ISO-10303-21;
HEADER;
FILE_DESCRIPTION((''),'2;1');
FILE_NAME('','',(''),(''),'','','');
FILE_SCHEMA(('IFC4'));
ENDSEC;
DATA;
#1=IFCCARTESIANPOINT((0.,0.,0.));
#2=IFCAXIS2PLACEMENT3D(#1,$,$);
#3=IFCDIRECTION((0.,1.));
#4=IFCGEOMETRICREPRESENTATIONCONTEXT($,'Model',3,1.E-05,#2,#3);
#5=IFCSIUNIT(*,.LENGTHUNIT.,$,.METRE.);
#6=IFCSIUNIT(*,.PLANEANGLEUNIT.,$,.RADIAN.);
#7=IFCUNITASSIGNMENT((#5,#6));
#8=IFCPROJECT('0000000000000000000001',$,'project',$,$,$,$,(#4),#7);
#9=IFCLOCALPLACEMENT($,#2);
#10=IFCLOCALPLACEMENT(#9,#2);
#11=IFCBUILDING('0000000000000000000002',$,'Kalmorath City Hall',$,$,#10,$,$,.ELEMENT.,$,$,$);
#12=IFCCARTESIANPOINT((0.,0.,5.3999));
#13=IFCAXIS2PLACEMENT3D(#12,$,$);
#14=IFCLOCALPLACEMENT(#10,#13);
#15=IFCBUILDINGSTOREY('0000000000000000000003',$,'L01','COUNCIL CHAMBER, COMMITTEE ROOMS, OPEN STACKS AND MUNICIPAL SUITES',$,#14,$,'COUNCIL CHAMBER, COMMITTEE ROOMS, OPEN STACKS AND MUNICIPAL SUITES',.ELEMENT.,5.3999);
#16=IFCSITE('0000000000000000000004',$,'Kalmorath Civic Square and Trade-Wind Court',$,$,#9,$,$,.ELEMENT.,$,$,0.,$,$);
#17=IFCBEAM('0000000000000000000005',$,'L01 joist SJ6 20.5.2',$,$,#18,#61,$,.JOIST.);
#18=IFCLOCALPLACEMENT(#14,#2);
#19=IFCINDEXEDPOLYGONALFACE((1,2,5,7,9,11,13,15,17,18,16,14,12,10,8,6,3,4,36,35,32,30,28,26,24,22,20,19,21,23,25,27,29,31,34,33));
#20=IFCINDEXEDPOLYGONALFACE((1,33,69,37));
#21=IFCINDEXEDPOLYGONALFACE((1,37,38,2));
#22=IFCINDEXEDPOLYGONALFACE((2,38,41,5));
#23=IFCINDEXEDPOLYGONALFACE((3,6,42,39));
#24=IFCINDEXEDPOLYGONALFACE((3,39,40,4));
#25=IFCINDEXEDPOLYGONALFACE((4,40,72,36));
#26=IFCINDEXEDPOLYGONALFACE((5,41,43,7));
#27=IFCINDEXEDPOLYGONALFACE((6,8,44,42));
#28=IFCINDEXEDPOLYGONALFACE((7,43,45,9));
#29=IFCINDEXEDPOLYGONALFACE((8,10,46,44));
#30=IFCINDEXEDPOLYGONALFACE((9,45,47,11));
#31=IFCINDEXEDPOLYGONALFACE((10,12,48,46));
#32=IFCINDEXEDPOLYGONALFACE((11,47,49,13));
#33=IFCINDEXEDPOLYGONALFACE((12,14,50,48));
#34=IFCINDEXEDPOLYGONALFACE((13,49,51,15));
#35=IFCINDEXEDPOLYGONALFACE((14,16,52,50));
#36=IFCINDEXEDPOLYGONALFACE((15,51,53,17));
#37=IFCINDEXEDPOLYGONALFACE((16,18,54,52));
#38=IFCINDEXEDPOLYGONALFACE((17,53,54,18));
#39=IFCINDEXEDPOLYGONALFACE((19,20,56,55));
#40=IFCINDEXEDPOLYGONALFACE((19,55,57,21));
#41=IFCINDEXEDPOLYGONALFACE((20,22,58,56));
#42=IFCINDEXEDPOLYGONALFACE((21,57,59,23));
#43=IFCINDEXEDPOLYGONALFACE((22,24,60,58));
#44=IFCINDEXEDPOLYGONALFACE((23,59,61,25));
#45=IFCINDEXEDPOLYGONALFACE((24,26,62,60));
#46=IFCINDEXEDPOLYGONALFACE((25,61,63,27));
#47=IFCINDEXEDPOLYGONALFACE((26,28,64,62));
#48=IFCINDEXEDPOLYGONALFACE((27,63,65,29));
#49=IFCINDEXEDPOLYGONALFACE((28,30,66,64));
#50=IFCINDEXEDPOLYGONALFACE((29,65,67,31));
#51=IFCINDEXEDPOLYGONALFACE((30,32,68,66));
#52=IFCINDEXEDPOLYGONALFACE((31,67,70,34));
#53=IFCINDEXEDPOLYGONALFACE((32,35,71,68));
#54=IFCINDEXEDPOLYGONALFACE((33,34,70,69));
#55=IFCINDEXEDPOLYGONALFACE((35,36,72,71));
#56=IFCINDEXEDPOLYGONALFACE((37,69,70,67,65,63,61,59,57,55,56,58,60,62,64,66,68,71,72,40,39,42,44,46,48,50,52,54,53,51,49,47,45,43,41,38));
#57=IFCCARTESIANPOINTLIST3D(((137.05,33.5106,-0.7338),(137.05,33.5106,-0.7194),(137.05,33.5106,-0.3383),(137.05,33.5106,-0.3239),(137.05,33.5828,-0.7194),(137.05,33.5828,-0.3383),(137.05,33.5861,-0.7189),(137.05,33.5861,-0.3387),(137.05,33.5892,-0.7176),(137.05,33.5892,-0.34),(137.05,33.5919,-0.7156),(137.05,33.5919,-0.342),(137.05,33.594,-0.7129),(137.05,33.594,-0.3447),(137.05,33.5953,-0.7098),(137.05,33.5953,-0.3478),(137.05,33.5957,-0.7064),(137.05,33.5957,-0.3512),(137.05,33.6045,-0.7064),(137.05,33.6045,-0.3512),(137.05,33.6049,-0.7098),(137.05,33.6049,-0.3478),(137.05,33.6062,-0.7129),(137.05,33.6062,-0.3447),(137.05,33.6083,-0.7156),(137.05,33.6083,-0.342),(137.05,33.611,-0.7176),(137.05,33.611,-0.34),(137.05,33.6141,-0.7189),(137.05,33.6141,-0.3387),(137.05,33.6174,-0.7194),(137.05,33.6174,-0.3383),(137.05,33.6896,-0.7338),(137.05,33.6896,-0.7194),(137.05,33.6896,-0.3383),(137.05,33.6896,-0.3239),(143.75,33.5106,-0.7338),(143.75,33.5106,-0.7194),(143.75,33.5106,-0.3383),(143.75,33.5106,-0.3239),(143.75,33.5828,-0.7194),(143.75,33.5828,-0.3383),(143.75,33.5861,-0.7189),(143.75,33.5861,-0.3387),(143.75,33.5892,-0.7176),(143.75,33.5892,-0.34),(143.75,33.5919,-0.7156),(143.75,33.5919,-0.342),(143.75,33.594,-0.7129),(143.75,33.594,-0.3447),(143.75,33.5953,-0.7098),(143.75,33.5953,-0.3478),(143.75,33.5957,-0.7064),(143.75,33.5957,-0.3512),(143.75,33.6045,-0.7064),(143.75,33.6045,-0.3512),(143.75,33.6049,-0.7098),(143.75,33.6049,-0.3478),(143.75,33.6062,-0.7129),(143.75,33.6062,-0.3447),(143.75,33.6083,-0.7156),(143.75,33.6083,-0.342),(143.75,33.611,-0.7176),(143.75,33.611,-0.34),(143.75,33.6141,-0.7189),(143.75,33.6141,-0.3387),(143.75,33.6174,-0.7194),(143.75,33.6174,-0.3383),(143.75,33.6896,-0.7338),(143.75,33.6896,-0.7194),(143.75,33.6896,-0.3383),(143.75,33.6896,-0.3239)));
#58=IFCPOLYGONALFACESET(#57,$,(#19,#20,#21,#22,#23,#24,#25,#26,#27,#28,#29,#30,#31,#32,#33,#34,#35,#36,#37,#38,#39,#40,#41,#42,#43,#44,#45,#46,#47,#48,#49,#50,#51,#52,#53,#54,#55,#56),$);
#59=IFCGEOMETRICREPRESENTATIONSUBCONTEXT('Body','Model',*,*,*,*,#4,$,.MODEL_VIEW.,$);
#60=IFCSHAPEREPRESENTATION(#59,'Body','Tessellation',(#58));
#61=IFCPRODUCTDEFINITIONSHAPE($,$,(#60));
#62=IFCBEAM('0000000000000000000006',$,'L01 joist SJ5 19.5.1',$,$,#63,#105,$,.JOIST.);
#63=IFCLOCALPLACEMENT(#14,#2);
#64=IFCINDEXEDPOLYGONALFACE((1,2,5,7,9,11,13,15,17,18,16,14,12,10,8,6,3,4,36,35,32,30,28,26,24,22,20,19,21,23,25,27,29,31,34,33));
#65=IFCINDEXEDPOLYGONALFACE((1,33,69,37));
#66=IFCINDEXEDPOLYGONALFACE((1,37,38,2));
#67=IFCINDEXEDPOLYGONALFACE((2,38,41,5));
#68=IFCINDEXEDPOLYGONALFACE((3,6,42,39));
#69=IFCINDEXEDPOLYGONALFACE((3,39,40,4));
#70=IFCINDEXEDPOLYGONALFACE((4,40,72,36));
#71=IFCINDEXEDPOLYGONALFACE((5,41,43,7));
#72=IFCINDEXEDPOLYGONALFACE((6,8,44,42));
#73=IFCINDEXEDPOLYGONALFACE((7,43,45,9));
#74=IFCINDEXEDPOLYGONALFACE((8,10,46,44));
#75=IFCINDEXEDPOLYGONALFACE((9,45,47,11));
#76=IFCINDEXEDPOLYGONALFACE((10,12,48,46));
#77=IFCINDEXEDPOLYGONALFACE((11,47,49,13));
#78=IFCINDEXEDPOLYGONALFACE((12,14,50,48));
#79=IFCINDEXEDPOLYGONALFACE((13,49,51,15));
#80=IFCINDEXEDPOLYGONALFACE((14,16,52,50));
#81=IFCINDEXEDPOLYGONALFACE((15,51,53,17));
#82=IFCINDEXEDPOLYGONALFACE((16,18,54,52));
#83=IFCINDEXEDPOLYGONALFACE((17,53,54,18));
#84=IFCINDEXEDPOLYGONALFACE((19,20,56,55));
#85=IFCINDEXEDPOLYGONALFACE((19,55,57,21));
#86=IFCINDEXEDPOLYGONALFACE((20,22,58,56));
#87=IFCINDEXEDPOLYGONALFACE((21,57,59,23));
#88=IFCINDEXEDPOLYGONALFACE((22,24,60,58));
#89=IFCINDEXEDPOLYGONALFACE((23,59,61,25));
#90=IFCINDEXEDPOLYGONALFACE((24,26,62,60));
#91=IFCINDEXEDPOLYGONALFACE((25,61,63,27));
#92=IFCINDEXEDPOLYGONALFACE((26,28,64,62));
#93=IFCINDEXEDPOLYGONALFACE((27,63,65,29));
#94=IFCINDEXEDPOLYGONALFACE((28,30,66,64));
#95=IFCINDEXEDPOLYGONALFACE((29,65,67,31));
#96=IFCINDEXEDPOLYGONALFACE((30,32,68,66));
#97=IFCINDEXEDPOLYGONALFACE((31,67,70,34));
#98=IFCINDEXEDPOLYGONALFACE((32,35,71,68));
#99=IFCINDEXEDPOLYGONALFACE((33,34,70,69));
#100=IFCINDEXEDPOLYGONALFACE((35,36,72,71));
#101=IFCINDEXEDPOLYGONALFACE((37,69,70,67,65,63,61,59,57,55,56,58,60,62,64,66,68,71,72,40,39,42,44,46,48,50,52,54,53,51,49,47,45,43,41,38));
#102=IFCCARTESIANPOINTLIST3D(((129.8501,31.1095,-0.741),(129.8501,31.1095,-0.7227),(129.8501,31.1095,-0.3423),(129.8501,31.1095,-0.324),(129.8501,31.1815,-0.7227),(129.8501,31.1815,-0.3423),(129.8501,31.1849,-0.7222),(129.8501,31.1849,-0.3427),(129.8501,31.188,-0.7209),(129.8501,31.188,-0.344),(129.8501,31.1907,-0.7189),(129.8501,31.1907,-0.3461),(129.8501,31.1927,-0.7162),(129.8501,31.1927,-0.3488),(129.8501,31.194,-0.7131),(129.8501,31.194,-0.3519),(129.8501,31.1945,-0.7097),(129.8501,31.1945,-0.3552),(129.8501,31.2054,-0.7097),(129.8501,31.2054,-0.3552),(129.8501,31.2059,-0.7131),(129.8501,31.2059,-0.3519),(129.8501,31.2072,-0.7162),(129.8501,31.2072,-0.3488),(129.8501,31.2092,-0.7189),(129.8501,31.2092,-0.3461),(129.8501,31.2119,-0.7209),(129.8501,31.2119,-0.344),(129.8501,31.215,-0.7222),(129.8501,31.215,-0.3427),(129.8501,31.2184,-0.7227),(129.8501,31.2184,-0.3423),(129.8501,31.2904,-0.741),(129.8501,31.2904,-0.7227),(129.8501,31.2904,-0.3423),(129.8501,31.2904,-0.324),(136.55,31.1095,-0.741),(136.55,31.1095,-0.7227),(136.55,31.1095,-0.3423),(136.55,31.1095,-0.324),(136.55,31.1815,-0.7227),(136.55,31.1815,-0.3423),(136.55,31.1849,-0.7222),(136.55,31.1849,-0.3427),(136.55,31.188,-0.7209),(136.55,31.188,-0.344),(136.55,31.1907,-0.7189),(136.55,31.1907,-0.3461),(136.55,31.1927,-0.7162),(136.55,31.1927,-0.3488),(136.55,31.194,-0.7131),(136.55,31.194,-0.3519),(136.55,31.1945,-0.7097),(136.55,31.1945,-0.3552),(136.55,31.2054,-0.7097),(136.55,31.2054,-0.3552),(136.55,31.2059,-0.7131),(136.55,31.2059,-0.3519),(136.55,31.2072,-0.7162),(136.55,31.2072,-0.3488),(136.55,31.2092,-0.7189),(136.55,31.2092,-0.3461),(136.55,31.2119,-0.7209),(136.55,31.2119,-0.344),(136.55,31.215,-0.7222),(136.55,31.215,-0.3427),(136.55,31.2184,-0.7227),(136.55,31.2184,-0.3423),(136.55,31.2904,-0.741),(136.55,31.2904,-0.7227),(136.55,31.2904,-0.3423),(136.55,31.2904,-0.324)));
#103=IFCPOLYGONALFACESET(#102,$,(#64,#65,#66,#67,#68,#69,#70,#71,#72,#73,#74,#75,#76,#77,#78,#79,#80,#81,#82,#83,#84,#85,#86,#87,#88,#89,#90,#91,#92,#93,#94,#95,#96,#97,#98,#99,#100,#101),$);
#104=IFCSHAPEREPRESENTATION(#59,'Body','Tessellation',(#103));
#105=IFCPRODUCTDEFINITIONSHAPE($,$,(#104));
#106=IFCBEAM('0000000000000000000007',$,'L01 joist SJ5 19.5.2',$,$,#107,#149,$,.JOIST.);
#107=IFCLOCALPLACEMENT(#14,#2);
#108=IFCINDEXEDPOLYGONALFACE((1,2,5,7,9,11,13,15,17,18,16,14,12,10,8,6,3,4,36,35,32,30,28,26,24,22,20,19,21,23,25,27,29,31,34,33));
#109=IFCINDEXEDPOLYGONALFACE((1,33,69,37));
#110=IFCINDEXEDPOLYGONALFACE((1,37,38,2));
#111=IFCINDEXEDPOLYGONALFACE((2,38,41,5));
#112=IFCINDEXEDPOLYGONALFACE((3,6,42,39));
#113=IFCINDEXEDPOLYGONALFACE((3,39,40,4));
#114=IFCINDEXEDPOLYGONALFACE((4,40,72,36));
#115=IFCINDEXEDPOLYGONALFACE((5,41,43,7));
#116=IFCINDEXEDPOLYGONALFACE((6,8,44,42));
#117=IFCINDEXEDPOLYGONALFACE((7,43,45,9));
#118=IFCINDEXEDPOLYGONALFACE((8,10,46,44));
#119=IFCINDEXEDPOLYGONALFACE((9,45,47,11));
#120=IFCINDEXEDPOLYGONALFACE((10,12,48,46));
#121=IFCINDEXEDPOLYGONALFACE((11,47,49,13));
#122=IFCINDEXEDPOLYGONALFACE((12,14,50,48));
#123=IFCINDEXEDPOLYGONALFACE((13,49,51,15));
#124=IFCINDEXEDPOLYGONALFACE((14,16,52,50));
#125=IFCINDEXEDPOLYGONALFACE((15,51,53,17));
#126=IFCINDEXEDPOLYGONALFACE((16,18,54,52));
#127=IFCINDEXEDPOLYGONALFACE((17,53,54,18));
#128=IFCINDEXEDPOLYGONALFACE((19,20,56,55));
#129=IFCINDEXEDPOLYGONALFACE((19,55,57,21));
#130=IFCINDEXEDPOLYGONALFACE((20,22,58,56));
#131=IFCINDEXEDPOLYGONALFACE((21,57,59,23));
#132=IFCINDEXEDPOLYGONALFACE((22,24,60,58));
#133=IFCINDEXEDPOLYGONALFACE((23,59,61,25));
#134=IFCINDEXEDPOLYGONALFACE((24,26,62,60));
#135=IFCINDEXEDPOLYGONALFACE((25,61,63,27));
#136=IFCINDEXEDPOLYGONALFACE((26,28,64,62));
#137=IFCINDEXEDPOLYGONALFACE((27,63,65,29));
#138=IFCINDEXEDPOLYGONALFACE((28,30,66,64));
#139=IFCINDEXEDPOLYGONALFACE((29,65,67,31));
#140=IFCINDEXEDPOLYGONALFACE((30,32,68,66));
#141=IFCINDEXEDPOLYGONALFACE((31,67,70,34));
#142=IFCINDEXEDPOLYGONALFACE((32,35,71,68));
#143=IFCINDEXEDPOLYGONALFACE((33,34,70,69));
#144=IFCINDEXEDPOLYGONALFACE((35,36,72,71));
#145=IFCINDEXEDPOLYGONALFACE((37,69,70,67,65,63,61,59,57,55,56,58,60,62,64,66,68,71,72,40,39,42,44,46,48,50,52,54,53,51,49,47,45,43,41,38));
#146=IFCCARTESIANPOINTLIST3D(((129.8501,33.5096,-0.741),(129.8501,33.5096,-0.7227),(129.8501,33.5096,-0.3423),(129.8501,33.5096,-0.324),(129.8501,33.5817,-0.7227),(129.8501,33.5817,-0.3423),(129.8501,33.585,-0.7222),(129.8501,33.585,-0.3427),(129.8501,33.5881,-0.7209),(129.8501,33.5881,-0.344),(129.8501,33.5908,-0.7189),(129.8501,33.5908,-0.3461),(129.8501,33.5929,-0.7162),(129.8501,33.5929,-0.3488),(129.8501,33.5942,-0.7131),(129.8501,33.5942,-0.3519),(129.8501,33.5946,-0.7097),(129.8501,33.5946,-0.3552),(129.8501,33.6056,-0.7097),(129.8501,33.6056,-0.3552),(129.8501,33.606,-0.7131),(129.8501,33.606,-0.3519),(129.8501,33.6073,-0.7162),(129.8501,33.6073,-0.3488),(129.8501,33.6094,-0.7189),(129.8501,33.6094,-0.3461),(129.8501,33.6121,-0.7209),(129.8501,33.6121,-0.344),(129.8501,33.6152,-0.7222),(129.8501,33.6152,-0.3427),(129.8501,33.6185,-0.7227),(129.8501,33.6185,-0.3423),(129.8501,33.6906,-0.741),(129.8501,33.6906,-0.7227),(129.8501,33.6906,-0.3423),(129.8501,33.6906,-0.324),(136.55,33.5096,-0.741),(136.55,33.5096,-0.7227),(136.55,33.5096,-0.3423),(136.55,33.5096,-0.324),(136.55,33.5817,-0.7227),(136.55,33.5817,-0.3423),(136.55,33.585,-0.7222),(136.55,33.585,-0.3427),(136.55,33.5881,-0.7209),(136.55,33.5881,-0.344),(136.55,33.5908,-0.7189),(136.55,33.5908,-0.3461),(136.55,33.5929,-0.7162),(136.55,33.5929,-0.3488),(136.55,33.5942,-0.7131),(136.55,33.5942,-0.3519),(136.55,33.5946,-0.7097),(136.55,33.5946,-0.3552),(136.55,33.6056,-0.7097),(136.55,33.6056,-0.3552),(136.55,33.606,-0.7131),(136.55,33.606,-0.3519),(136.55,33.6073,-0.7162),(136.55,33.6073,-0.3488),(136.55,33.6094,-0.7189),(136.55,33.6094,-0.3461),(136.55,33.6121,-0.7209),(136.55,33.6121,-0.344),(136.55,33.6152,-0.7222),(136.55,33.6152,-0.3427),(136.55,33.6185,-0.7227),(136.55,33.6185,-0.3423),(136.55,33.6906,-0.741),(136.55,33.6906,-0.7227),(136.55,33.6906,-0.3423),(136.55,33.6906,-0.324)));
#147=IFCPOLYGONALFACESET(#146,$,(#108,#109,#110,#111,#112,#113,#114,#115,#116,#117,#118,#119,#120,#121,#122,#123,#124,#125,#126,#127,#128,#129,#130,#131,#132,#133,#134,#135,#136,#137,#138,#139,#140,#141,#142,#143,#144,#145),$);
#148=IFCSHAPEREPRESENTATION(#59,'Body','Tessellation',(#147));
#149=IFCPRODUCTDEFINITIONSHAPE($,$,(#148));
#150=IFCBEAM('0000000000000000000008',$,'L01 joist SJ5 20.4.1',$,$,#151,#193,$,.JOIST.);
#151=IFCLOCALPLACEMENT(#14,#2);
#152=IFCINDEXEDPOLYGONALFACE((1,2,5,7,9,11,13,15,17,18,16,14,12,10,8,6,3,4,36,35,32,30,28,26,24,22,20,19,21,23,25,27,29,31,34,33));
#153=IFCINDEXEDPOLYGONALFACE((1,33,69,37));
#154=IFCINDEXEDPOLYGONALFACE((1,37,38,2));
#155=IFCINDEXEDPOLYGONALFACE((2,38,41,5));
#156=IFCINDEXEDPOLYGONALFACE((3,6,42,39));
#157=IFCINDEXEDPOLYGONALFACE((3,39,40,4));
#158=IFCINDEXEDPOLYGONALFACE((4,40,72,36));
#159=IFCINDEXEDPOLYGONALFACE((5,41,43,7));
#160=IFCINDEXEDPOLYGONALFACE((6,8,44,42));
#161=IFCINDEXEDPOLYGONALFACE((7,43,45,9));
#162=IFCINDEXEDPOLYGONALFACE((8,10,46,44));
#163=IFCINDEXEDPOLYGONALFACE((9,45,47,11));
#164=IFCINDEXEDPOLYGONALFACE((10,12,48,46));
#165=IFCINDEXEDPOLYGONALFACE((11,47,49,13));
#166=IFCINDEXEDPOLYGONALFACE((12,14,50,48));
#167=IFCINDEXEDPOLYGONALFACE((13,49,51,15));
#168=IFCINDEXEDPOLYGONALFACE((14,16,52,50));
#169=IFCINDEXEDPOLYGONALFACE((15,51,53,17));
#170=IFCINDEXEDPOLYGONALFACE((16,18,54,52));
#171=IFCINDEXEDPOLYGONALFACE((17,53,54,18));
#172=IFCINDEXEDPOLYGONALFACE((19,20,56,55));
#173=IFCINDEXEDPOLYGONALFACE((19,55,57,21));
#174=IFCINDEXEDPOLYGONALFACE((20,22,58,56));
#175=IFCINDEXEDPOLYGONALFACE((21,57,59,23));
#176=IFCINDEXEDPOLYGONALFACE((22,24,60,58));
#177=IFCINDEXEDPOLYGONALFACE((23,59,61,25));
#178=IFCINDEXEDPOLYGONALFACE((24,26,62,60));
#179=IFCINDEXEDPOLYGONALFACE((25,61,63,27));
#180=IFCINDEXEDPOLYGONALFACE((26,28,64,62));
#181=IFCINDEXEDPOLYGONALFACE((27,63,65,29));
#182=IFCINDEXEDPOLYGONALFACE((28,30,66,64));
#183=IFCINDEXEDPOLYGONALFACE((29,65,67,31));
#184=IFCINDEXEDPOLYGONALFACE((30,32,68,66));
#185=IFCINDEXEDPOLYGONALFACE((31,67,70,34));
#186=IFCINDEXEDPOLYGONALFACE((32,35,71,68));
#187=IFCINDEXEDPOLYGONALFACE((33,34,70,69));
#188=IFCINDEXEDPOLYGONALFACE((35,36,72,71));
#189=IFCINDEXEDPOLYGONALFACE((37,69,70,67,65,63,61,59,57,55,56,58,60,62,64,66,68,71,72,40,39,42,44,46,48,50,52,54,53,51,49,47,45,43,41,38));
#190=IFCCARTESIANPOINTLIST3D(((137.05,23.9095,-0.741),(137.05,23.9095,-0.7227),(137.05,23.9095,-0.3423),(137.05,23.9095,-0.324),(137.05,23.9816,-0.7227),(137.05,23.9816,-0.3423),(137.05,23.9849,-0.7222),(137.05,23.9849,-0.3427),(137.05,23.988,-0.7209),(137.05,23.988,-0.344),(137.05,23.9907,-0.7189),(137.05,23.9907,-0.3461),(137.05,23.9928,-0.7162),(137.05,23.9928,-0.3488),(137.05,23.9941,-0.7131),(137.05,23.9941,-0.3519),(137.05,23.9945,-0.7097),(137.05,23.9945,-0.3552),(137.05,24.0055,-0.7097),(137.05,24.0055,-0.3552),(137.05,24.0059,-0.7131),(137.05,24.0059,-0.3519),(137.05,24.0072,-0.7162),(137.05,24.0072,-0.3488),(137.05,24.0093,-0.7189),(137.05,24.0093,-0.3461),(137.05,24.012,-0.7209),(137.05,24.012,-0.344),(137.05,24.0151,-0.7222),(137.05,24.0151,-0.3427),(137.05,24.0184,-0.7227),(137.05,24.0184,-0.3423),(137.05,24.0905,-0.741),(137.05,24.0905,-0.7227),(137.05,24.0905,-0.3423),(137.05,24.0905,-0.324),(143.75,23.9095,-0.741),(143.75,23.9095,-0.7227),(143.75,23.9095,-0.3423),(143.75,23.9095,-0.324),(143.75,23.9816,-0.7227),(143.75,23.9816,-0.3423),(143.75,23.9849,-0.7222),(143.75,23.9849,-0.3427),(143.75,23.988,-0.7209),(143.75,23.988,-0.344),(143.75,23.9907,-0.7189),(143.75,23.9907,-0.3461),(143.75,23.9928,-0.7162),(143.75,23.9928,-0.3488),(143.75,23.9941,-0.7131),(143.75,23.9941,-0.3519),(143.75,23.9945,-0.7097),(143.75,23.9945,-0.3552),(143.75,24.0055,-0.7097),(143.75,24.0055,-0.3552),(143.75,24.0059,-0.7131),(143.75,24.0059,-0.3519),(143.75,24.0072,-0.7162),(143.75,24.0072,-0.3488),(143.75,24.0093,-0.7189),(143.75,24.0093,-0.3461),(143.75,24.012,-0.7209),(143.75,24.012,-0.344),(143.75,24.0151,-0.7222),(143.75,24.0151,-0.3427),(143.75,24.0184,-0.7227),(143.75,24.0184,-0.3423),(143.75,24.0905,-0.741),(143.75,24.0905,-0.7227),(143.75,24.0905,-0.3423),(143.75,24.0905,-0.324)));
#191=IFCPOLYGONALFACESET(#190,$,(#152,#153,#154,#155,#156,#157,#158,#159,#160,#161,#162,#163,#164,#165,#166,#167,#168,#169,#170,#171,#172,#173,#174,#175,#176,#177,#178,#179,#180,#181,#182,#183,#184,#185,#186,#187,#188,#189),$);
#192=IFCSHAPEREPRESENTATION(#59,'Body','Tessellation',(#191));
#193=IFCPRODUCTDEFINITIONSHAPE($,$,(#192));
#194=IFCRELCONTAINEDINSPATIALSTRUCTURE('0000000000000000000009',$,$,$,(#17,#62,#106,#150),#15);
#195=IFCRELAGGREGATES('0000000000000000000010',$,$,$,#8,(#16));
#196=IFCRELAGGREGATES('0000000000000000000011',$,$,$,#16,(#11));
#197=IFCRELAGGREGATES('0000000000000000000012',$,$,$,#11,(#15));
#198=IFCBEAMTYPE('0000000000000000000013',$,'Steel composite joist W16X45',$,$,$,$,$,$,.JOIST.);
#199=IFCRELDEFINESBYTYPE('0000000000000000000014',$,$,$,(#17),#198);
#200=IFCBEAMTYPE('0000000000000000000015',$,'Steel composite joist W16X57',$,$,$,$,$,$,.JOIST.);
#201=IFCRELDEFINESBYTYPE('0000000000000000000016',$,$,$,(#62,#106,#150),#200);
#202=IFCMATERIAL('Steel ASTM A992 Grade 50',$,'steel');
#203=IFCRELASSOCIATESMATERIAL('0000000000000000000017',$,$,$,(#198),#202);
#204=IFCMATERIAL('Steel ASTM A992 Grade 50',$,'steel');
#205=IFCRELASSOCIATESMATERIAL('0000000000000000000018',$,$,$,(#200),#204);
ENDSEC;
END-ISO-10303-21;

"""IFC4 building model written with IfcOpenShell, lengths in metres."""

from ifc_helpers import new_model, si_unit, direction, frame, origin, origin_2d, place, context, subcontext, project, spatial, i_section, extrude, material, material_profile, profile_set, type_object, element, save


model = new_model("IFC4")

# Units and contexts
model_context = context("Model", 3, precision=1e-05, world=origin(), true_north=direction((0.0, 1.0)))
body_context = subcontext(model_context, "Body", "Model", "MODEL_VIEW")
ifc_project = project(units=[si_unit("LENGTHUNIT", "METRE"), si_unit("PLANEANGLEUNIT", "RADIAN")], contexts=[model_context])

# Site, building, storey
site_placement = place(None, origin())
site = spatial("IfcSite", under=ifc_project, at=site_placement, Name="Kalmorath Civic Square and Trade-Wind Court", CompositionType="ELEMENT", RefElevation=0.0)
building_placement = place(site_placement, origin())
building = spatial("IfcBuilding", under=site, at=building_placement, Name="Kalmorath City Hall", CompositionType="ELEMENT")
storey_placement = place(building_placement, frame((0.0, 0.0, 5.3999)))
storey = spatial("IfcBuildingStorey", under=building, at=storey_placement, Name="L01", Description="COUNCIL CHAMBER, COMMITTEE ROOMS, OPEN STACKS AND MUNICIPAL SUITES", LongName="COUNCIL CHAMBER, COMMITTEE ROOMS, OPEN STACKS AND MUNICIPAL SUITES", CompositionType="ELEMENT", Elevation=5.3999)

# Beams
ifc_material_1 = material(Name="Steel ASTM A992 Grade 50", Category="steel")
ifc_material_profile_1 = material_profile(ifc_material_1, i_section(OverallWidth=0.179, OverallDepth=0.4099, WebThickness=0.0088, FlangeThickness=0.0144, FilletRadius=0.0129, at=origin_2d()), Name="W16X45")
ifc_profile_set_1 = profile_set([ifc_material_profile_1], Name="Steel ASTM A992 Grade 50")
beam_type_1 = type_object("IfcBeamType", Name="Steel composite joist W16X45", PredefinedType="JOIST", material=ifc_profile_set_1)
for number, where, z_axis, x_axis, name in (
    (1, (137.05, 33.6001, -0.5288), (1.0, 0.0, 0.0), (0.0, 1.0, 0.0), "L01 joist SJ6 20.5.2"),
):
    element("IfcBeam", number, at=place(storey_placement, frame(where, z_axis=z_axis, x_axis=x_axis)), inside=storey, type_object=beam_type_1, Name=name, PredefinedType="JOIST", context=body_context, shape_type="SweptSolid", body=[
        extrude(i_section(OverallWidth=0.179, OverallDepth=0.4099, WebThickness=0.0088, FlangeThickness=0.0144, FilletRadius=0.0129, at=origin_2d()), origin(), (0.0, 0.0, 1.0), 6.7),
    ])
ifc_material_2 = material(Name="Steel ASTM A992 Grade 50", Category="steel")
ifc_material_profile_2 = material_profile(ifc_material_2, i_section(OverallWidth=0.1809, OverallDepth=0.417, WebThickness=0.011, FlangeThickness=0.0183, FilletRadius=0.0129, at=origin_2d()), Name="W16X57")
ifc_profile_set_2 = profile_set([ifc_material_profile_2], Name="Steel ASTM A992 Grade 50")
beam_type_2 = type_object("IfcBeamType", Name="Steel composite joist W16X57", PredefinedType="JOIST", material=ifc_profile_set_2)
for number, where, z_axis, x_axis, name in (
    (2, (129.8501, 31.2, -0.5325), (1.0, 0.0, 0.0), (0.0, 1.0, 0.0), "L01 joist SJ5 19.5.1"),
    (3, (129.8501, 33.6001, -0.5325), (1.0, 0.0, 0.0), (0.0, 1.0, 0.0), "L01 joist SJ5 19.5.2"),
    (4, (137.05, 24.0, -0.5325), (1.0, 0.0, 0.0), (0.0, 1.0, 0.0), "L01 joist SJ5 20.4.1"),
):
    element("IfcBeam", number, at=place(storey_placement, frame(where, z_axis=z_axis, x_axis=x_axis)), inside=storey, type_object=beam_type_2, Name=name, PredefinedType="JOIST", context=body_context, shape_type="SweptSolid", body=[
        extrude(i_section(OverallWidth=0.1809, OverallDepth=0.417, WebThickness=0.011, FlangeThickness=0.0183, FilletRadius=0.0129, at=origin_2d()), origin(), (0.0, 0.0, 1.0), 6.7),
    ])

save(model, "model.ifc")
